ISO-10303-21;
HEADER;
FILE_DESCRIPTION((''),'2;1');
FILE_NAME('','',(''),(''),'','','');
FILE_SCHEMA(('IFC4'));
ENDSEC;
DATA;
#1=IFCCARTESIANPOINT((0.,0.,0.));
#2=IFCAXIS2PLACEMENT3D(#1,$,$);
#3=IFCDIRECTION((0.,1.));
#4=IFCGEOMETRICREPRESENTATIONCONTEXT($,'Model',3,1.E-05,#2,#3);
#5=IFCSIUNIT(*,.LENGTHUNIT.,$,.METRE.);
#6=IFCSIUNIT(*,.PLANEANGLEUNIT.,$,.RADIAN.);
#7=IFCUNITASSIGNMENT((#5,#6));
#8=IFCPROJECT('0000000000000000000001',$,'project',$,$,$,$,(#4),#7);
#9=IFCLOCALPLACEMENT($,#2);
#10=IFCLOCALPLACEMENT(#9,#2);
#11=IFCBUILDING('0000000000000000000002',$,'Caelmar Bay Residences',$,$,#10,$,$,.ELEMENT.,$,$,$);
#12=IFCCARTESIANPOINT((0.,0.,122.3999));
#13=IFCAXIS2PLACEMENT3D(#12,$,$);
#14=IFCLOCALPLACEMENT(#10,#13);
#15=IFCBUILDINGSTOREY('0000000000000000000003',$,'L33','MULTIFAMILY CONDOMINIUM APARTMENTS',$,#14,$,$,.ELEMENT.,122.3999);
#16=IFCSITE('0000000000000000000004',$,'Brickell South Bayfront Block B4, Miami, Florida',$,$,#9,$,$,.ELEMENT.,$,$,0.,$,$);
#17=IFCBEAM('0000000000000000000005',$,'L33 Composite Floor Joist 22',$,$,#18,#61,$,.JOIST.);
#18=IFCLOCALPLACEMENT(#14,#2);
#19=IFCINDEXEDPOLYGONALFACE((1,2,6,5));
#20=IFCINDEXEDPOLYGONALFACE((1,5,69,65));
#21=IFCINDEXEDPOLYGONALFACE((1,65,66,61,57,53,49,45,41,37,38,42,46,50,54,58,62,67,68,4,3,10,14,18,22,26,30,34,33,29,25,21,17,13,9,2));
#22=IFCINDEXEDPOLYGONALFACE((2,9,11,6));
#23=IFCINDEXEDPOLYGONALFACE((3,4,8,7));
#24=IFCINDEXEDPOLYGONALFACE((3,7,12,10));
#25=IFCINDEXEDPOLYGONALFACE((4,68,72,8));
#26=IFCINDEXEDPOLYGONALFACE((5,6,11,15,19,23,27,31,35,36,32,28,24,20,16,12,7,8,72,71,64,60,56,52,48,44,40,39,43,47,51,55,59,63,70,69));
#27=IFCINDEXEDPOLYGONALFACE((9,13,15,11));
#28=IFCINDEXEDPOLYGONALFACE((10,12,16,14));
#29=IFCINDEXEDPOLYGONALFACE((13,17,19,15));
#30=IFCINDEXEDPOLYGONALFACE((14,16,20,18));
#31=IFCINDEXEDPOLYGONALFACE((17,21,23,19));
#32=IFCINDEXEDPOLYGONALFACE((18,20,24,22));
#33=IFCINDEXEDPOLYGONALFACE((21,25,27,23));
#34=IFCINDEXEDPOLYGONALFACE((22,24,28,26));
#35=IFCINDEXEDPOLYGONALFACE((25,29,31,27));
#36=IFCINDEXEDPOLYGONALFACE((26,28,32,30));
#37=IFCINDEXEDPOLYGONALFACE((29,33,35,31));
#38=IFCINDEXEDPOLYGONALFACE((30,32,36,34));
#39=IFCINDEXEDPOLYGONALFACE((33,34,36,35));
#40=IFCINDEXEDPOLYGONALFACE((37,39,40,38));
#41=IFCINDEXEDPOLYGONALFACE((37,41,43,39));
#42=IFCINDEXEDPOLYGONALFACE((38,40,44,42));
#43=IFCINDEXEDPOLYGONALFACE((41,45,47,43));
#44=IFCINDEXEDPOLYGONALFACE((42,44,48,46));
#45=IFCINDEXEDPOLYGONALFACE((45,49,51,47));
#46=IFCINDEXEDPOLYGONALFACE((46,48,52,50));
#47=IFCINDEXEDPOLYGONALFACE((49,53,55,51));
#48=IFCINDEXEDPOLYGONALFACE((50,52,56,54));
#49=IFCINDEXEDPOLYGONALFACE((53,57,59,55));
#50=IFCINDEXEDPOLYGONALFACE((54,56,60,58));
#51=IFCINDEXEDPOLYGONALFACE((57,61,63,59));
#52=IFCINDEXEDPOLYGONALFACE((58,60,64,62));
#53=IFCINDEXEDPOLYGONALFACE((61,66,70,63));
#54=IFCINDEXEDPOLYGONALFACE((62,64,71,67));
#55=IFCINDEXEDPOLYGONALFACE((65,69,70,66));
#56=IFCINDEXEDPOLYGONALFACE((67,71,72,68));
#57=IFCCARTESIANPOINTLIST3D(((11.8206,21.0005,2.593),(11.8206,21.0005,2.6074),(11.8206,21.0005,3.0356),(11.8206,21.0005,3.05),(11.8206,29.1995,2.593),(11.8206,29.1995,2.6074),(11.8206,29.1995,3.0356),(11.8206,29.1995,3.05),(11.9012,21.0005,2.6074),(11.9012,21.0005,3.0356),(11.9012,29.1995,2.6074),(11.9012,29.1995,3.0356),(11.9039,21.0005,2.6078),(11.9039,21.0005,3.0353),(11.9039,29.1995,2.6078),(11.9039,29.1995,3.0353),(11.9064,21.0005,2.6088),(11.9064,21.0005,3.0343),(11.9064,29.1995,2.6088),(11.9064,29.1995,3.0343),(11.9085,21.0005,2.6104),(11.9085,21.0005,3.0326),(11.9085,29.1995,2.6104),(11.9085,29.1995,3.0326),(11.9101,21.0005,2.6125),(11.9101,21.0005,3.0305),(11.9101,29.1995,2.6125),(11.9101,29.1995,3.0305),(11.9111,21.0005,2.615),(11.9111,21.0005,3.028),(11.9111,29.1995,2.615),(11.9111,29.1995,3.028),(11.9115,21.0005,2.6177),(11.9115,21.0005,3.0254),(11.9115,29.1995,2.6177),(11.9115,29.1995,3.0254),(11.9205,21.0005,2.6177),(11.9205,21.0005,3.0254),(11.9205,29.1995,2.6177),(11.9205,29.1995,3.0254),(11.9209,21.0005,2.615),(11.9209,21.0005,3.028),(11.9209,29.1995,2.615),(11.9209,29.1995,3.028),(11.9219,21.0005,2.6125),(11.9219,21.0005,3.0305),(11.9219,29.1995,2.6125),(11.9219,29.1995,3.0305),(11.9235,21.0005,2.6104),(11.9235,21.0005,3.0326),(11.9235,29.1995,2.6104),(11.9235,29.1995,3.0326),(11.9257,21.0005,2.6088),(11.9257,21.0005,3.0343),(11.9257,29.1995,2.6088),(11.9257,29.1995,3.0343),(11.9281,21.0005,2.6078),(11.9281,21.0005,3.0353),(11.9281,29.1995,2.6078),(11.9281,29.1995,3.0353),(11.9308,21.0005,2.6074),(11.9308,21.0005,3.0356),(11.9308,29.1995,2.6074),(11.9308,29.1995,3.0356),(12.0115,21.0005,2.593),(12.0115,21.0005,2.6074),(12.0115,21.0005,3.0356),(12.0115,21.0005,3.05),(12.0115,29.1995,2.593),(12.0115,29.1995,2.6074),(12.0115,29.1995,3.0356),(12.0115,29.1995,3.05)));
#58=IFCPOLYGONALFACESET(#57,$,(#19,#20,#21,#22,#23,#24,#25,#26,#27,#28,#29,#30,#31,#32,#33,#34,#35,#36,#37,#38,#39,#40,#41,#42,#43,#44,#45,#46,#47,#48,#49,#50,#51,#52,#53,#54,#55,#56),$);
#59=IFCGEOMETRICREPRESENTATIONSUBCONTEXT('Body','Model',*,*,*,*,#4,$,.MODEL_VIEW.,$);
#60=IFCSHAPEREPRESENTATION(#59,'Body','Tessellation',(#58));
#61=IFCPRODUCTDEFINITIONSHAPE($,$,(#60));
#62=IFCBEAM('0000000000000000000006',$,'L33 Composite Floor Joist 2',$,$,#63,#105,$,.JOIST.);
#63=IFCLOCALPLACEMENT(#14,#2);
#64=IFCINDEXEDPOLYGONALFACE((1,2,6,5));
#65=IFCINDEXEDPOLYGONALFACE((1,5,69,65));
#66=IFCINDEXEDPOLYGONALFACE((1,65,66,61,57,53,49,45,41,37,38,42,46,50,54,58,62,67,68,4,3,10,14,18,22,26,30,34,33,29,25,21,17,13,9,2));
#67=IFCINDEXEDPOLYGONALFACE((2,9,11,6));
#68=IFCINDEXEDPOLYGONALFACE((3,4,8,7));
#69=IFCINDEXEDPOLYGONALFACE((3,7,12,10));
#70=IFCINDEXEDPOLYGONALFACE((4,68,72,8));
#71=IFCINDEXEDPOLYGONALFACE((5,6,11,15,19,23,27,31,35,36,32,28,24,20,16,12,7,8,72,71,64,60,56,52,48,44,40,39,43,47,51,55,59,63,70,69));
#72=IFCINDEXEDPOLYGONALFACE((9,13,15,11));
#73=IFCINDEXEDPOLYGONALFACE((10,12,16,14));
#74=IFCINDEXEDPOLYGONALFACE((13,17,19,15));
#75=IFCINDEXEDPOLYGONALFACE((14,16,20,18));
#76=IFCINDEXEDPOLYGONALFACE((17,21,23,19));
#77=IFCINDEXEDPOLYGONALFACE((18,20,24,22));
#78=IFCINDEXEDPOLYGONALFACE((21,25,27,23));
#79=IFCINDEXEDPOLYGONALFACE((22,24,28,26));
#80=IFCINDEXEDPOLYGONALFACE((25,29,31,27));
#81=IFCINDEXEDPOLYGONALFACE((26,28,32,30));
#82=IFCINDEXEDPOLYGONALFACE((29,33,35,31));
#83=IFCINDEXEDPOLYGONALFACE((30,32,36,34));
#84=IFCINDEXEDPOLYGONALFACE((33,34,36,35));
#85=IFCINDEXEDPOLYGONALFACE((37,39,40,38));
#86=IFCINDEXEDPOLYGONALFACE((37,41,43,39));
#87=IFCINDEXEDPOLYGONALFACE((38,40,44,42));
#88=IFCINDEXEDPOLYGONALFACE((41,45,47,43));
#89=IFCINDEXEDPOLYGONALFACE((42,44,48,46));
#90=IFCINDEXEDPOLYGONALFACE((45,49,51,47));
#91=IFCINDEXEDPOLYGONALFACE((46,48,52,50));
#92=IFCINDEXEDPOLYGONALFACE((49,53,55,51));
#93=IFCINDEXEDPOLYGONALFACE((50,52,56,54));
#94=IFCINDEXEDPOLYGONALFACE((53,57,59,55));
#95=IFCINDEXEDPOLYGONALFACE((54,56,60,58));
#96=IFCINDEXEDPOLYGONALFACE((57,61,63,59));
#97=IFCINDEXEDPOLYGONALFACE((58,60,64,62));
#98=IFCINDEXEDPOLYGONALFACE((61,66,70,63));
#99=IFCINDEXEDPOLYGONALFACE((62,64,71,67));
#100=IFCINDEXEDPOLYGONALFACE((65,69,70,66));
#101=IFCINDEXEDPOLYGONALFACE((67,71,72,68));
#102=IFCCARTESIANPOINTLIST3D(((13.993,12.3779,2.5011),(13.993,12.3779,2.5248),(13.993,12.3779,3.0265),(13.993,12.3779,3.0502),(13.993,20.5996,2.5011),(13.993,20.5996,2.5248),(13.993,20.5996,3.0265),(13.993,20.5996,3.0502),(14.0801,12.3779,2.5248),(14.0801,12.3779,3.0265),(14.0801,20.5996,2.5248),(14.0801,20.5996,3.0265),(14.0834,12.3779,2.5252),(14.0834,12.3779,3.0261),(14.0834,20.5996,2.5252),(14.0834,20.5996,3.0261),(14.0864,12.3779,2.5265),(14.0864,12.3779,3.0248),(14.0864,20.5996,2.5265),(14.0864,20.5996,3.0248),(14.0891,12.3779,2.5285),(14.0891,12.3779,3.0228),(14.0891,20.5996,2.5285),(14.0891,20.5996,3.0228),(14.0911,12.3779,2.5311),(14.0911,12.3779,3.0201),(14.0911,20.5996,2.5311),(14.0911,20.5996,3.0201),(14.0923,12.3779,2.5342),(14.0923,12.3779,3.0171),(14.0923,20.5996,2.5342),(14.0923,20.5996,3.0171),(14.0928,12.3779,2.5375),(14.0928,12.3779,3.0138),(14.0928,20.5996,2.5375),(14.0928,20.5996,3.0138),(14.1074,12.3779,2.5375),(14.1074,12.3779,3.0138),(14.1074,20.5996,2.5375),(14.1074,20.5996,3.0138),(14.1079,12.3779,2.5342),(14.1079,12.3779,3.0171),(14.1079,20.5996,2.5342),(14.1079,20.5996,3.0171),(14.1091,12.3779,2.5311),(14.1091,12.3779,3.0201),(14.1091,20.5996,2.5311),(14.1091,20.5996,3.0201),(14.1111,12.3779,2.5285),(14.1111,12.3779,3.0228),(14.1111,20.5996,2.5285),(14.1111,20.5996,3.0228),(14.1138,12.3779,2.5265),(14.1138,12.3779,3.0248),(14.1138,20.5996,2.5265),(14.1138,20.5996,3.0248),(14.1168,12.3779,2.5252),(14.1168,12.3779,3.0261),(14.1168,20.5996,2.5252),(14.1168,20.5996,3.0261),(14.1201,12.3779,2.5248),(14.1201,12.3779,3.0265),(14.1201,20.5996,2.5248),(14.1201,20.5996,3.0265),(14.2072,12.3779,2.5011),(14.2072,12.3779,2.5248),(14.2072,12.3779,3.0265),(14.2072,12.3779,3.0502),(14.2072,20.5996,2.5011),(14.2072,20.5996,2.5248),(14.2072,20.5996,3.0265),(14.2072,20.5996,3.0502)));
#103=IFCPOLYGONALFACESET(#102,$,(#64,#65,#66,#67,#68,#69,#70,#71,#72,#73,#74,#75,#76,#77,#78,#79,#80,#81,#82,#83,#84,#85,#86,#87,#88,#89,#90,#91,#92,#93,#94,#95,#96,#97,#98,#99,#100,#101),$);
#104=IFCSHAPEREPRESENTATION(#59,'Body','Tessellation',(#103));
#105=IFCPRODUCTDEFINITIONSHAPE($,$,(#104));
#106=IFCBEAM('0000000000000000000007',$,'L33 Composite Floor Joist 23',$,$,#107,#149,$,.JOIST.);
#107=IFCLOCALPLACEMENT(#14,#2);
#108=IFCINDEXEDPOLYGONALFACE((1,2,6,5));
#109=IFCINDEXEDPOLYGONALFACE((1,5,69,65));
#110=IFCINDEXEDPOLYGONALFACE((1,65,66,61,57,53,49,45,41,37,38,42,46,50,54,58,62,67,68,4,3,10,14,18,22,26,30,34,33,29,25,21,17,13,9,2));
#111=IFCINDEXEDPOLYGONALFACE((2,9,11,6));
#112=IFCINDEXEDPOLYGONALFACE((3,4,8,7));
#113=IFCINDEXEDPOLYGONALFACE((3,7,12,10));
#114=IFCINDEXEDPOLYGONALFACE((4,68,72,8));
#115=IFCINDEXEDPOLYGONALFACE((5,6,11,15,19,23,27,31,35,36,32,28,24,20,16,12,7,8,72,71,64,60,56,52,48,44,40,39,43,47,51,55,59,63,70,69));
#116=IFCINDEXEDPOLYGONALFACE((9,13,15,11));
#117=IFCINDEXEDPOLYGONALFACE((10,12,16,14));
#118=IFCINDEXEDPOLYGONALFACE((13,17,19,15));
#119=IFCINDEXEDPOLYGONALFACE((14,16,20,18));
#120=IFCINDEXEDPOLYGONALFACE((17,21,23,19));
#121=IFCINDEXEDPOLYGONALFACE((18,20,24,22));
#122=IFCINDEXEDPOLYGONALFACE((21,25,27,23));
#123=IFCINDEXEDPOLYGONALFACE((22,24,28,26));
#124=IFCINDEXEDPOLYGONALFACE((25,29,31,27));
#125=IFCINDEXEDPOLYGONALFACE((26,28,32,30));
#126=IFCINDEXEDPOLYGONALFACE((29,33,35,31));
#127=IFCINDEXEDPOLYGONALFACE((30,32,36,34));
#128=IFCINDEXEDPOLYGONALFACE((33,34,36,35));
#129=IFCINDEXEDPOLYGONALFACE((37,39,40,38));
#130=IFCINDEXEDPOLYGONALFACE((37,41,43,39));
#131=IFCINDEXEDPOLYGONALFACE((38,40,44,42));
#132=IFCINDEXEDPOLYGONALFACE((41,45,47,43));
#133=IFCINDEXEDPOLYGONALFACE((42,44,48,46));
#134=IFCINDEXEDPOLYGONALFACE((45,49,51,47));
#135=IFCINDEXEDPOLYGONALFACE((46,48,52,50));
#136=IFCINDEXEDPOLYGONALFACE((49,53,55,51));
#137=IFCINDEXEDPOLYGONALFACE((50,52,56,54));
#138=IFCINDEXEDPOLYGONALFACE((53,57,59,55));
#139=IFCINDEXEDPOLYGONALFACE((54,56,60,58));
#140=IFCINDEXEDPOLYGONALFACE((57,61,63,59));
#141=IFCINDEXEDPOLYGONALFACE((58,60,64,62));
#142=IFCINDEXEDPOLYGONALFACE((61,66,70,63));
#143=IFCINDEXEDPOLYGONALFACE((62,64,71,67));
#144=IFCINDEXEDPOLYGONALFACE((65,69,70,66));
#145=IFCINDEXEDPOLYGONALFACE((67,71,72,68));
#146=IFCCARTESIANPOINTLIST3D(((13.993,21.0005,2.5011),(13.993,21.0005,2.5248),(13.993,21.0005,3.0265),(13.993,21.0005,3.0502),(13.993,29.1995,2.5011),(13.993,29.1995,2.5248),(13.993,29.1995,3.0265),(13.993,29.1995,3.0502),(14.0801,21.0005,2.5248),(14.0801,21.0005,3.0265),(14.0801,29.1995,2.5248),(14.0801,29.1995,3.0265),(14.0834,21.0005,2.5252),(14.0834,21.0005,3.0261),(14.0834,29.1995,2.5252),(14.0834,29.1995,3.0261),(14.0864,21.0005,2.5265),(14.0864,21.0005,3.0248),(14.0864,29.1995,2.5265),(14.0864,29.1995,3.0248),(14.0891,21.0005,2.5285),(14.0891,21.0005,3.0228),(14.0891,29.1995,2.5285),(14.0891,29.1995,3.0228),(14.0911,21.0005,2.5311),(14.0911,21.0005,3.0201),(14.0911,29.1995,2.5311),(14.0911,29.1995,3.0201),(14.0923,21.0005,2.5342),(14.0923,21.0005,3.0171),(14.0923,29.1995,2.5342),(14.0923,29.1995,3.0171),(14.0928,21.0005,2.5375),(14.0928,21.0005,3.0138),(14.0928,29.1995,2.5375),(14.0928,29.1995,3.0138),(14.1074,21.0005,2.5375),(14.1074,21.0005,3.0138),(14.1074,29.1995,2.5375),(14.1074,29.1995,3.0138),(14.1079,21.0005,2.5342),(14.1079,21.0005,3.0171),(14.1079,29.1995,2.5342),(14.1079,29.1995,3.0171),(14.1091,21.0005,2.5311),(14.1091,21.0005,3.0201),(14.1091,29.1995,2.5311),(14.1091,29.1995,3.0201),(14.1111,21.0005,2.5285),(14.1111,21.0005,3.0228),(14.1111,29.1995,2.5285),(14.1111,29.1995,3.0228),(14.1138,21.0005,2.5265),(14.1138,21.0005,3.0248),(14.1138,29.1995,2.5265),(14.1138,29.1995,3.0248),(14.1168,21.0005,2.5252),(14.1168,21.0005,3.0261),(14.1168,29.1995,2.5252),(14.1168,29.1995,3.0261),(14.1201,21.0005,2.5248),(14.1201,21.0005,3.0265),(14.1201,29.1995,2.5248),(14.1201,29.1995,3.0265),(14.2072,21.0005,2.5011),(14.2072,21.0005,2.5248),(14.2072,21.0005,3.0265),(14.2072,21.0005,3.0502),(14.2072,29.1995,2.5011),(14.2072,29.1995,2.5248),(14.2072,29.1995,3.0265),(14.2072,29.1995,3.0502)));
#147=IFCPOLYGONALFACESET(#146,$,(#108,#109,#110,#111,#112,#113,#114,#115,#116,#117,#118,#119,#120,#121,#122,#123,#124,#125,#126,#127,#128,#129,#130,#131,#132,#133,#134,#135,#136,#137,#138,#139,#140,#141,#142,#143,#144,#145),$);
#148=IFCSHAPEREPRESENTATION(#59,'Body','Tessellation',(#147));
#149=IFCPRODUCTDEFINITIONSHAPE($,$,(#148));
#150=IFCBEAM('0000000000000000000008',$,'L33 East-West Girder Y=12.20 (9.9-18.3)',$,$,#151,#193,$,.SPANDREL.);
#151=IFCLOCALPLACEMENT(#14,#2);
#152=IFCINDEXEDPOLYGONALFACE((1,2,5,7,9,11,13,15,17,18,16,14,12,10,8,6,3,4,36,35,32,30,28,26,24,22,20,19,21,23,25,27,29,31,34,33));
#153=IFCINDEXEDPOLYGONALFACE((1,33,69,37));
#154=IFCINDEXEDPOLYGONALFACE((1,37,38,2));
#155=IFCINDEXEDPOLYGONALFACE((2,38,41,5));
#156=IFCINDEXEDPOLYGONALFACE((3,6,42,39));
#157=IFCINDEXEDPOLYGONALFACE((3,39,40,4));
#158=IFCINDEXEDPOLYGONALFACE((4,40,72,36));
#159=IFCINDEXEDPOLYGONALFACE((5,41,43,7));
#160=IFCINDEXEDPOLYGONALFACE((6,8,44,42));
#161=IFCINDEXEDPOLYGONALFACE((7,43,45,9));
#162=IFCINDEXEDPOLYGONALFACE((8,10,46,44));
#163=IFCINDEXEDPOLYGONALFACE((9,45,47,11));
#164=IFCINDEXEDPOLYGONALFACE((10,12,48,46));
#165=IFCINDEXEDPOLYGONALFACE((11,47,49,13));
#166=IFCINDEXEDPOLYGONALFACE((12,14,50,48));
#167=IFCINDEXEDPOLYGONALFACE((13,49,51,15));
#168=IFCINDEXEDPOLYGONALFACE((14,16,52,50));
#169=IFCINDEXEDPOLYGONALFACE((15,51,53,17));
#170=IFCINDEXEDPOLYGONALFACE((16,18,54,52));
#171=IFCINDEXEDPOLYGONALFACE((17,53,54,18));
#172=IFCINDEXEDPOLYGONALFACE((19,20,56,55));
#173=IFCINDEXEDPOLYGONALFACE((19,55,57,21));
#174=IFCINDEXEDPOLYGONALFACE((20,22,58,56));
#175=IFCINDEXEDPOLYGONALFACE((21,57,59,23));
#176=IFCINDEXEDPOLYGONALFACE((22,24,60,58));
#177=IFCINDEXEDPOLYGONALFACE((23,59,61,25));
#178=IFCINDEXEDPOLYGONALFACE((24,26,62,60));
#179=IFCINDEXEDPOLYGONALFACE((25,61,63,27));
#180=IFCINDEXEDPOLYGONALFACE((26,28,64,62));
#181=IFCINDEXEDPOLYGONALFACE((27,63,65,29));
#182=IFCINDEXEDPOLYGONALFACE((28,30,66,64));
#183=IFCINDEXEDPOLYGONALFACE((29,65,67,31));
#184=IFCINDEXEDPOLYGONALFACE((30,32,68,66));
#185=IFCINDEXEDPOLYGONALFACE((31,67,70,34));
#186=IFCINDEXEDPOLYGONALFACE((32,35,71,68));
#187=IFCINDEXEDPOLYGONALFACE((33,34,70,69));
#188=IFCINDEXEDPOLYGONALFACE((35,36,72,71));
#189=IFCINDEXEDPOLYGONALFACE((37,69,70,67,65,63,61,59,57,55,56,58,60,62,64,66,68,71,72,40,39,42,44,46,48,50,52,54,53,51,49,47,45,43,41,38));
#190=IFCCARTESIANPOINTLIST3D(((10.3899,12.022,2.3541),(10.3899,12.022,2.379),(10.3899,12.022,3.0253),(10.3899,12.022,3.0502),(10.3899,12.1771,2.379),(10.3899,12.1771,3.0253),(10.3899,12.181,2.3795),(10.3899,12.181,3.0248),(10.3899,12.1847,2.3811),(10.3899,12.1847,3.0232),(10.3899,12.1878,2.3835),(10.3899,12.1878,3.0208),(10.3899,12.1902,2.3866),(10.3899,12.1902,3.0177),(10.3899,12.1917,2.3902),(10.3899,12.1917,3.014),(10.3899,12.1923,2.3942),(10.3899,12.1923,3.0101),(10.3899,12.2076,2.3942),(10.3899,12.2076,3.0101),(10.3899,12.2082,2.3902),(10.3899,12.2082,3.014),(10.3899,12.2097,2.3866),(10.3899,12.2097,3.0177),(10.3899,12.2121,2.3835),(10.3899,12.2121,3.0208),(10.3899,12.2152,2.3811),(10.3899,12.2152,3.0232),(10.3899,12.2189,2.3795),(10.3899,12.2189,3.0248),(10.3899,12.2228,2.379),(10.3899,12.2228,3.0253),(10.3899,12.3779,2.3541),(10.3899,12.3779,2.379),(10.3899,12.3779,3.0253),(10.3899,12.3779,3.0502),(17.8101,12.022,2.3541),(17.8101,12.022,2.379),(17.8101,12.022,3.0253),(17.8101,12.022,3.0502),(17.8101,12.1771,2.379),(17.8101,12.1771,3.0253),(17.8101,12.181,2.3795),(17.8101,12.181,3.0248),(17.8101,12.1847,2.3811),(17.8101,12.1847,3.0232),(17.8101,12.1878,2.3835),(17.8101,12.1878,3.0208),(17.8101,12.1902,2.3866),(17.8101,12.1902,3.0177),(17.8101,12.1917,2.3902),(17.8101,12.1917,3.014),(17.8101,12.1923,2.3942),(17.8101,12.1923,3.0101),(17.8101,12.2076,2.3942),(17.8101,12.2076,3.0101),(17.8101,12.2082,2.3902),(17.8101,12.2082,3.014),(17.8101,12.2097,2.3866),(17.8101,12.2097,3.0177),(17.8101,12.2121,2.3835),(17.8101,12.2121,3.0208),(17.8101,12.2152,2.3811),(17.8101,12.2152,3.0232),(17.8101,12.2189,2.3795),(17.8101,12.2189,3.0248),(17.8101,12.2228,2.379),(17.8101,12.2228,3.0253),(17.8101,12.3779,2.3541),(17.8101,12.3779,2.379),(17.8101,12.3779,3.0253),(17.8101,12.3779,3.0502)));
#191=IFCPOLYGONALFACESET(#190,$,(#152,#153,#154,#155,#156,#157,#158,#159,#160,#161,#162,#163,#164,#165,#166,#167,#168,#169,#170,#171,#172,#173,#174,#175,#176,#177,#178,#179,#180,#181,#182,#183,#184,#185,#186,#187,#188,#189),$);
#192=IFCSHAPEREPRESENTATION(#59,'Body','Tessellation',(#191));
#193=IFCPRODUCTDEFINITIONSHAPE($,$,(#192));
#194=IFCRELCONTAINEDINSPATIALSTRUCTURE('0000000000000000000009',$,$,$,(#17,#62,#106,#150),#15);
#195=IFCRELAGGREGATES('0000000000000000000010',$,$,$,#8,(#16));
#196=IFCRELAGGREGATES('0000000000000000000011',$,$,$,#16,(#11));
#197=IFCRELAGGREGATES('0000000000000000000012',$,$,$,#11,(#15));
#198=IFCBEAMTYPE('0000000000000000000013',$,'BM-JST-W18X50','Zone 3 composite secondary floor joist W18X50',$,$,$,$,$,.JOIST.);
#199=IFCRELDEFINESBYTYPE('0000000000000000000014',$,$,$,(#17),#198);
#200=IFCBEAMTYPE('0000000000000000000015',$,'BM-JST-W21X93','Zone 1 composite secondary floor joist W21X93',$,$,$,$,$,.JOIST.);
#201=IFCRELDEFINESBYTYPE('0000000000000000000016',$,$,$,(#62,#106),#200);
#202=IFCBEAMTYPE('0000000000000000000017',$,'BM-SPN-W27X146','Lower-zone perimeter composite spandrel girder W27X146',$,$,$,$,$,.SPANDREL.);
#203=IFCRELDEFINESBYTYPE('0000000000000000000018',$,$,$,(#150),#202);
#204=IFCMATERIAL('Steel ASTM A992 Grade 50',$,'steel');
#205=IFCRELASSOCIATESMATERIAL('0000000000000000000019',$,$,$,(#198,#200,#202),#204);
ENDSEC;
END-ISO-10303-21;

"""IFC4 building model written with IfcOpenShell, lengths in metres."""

from ifc_helpers import new_model, si_unit, direction, frame, origin, origin_2d, place, context, subcontext, project, spatial, i_section, extrude, material, material_profile, profile_set, type_object, element, save


model = new_model("IFC4")

# Units and contexts
model_context = context("Model", 3, precision=1e-05, world=origin(), true_north=direction((0.0, 1.0)))
body_context = subcontext(model_context, "Body", "Model", "MODEL_VIEW")
ifc_project = project(units=[si_unit("LENGTHUNIT", "METRE"), si_unit("PLANEANGLEUNIT", "RADIAN")], contexts=[model_context])

# Site, building, storey
site_placement = place(None, origin())
site = spatial("IfcSite", under=ifc_project, at=site_placement, Name="Brickell South Bayfront Block B4, Miami, Florida", CompositionType="ELEMENT", RefElevation=0.0)
building_placement = place(site_placement, origin())
building = spatial("IfcBuilding", under=site, at=building_placement, Name="Caelmar Bay Residences", CompositionType="ELEMENT")
storey_placement = place(building_placement, frame((0.0, 0.0, 122.3999)))
storey = spatial("IfcBuildingStorey", under=building, at=storey_placement, Name="L33", Description="MULTIFAMILY CONDOMINIUM APARTMENTS", CompositionType="ELEMENT", Elevation=122.3999)

# Beams
ifc_material_1 = material(Name="Steel ASTM A992 Grade 50", Category="steel")
ifc_material_profile_1 = material_profile(ifc_material_1, i_section(OverallWidth=0.1909, OverallDepth=0.457, WebThickness=0.009, FlangeThickness=0.0144, FilletRadius=0.0103, at=origin_2d()), Name="W18X50")
ifc_profile_set_1 = profile_set([ifc_material_profile_1], Name="Steel ASTM A992 Grade 50")
beam_type_1 = type_object("IfcBeamType", Name="BM-JST-W18X50", Description="Zone 3 composite secondary floor joist W18X50", PredefinedType="JOIST", material=ifc_profile_set_1)
beam_1_placement = place(storey_placement, frame((11.916, 21.0005, 2.8215), z_axis=(0.0, 1.0, 0.0), x_axis=(-1.0, 0.0, 0.0)))
element("IfcBeam", 1, at=beam_1_placement, inside=storey, type_object=beam_type_1, Name="L33 Composite Floor Joist 22", PredefinedType="JOIST", context=body_context, shape_type="SweptSolid", body=[
    extrude(i_section(OverallWidth=0.1909, OverallDepth=0.457, WebThickness=0.009, FlangeThickness=0.0144, FilletRadius=0.0103, at=origin_2d()), origin(), (0.0, 0.0, 1.0), 8.199),
])
ifc_material_profile_2 = material_profile(ifc_material_1, i_section(OverallWidth=0.2141, OverallDepth=0.5491, WebThickness=0.0146, FlangeThickness=0.0237, FilletRadius=0.0127, at=origin_2d()), Name="W21X93")
ifc_profile_set_2 = profile_set([ifc_material_profile_2], Name="Steel ASTM A992 Grade 50")
beam_type_2 = type_object("IfcBeamType", Name="BM-JST-W21X93", Description="Zone 1 composite secondary floor joist W21X93", PredefinedType="JOIST", material=ifc_profile_set_2)
beam_2_placement = place(storey_placement, frame((14.1001, 12.3779, 2.7756), z_axis=(0.0, 1.0, 0.0), x_axis=(-1.0, 0.0, 0.0)))
element("IfcBeam", 2, at=beam_2_placement, inside=storey, type_object=beam_type_2, Name="L33 Composite Floor Joist 2", PredefinedType="JOIST", context=body_context, shape_type="SweptSolid", body=[
    extrude(i_section(OverallWidth=0.2141, OverallDepth=0.5491, WebThickness=0.0146, FlangeThickness=0.0237, FilletRadius=0.0127, at=origin_2d()), origin(), (0.0, 0.0, 1.0), 8.2217),
])
beam_3_placement = place(storey_placement, frame((14.1001, 21.0005, 2.7756), z_axis=(0.0, 1.0, 0.0), x_axis=(-1.0, 0.0, 0.0)))
element("IfcBeam", 3, at=beam_3_placement, inside=storey, type_object=beam_type_2, Name="L33 Composite Floor Joist 23", PredefinedType="JOIST", context=body_context, shape_type="SweptSolid", body=[
    extrude(i_section(OverallWidth=0.2141, OverallDepth=0.5491, WebThickness=0.0146, FlangeThickness=0.0237, FilletRadius=0.0127, at=origin_2d()), origin(), (0.0, 0.0, 1.0), 8.199),
])
ifc_material_profile_3 = material_profile(ifc_material_1, i_section(OverallWidth=0.356, OverallDepth=0.696, WebThickness=0.0154, FlangeThickness=0.0249, FilletRadius=0.0151, at=origin_2d()), Name="W27X146")
ifc_profile_set_3 = profile_set([ifc_material_profile_3], Name="Steel ASTM A992 Grade 50")
beam_type_3 = type_object("IfcBeamType", Name="BM-SPN-W27X146", Description="Lower-zone perimeter composite spandrel girder W27X146", PredefinedType="SPANDREL", material=ifc_profile_set_3)
beam_4_placement = place(storey_placement, frame((10.3899, 12.2, 2.7021), z_axis=(1.0, 0.0, 0.0), x_axis=(0.0, 1.0, 0.0)))
element("IfcBeam", 4, at=beam_4_placement, inside=storey, type_object=beam_type_3, Name="L33 East-West Girder Y=12.20 (9.9-18.3)", PredefinedType="SPANDREL", context=body_context, shape_type="SweptSolid", body=[
    extrude(i_section(OverallWidth=0.356, OverallDepth=0.696, WebThickness=0.0154, FlangeThickness=0.0249, FilletRadius=0.0151, at=origin_2d()), origin(), (0.0, 0.0, 1.0), 7.4202),
])

save(model, "model.ifc")
